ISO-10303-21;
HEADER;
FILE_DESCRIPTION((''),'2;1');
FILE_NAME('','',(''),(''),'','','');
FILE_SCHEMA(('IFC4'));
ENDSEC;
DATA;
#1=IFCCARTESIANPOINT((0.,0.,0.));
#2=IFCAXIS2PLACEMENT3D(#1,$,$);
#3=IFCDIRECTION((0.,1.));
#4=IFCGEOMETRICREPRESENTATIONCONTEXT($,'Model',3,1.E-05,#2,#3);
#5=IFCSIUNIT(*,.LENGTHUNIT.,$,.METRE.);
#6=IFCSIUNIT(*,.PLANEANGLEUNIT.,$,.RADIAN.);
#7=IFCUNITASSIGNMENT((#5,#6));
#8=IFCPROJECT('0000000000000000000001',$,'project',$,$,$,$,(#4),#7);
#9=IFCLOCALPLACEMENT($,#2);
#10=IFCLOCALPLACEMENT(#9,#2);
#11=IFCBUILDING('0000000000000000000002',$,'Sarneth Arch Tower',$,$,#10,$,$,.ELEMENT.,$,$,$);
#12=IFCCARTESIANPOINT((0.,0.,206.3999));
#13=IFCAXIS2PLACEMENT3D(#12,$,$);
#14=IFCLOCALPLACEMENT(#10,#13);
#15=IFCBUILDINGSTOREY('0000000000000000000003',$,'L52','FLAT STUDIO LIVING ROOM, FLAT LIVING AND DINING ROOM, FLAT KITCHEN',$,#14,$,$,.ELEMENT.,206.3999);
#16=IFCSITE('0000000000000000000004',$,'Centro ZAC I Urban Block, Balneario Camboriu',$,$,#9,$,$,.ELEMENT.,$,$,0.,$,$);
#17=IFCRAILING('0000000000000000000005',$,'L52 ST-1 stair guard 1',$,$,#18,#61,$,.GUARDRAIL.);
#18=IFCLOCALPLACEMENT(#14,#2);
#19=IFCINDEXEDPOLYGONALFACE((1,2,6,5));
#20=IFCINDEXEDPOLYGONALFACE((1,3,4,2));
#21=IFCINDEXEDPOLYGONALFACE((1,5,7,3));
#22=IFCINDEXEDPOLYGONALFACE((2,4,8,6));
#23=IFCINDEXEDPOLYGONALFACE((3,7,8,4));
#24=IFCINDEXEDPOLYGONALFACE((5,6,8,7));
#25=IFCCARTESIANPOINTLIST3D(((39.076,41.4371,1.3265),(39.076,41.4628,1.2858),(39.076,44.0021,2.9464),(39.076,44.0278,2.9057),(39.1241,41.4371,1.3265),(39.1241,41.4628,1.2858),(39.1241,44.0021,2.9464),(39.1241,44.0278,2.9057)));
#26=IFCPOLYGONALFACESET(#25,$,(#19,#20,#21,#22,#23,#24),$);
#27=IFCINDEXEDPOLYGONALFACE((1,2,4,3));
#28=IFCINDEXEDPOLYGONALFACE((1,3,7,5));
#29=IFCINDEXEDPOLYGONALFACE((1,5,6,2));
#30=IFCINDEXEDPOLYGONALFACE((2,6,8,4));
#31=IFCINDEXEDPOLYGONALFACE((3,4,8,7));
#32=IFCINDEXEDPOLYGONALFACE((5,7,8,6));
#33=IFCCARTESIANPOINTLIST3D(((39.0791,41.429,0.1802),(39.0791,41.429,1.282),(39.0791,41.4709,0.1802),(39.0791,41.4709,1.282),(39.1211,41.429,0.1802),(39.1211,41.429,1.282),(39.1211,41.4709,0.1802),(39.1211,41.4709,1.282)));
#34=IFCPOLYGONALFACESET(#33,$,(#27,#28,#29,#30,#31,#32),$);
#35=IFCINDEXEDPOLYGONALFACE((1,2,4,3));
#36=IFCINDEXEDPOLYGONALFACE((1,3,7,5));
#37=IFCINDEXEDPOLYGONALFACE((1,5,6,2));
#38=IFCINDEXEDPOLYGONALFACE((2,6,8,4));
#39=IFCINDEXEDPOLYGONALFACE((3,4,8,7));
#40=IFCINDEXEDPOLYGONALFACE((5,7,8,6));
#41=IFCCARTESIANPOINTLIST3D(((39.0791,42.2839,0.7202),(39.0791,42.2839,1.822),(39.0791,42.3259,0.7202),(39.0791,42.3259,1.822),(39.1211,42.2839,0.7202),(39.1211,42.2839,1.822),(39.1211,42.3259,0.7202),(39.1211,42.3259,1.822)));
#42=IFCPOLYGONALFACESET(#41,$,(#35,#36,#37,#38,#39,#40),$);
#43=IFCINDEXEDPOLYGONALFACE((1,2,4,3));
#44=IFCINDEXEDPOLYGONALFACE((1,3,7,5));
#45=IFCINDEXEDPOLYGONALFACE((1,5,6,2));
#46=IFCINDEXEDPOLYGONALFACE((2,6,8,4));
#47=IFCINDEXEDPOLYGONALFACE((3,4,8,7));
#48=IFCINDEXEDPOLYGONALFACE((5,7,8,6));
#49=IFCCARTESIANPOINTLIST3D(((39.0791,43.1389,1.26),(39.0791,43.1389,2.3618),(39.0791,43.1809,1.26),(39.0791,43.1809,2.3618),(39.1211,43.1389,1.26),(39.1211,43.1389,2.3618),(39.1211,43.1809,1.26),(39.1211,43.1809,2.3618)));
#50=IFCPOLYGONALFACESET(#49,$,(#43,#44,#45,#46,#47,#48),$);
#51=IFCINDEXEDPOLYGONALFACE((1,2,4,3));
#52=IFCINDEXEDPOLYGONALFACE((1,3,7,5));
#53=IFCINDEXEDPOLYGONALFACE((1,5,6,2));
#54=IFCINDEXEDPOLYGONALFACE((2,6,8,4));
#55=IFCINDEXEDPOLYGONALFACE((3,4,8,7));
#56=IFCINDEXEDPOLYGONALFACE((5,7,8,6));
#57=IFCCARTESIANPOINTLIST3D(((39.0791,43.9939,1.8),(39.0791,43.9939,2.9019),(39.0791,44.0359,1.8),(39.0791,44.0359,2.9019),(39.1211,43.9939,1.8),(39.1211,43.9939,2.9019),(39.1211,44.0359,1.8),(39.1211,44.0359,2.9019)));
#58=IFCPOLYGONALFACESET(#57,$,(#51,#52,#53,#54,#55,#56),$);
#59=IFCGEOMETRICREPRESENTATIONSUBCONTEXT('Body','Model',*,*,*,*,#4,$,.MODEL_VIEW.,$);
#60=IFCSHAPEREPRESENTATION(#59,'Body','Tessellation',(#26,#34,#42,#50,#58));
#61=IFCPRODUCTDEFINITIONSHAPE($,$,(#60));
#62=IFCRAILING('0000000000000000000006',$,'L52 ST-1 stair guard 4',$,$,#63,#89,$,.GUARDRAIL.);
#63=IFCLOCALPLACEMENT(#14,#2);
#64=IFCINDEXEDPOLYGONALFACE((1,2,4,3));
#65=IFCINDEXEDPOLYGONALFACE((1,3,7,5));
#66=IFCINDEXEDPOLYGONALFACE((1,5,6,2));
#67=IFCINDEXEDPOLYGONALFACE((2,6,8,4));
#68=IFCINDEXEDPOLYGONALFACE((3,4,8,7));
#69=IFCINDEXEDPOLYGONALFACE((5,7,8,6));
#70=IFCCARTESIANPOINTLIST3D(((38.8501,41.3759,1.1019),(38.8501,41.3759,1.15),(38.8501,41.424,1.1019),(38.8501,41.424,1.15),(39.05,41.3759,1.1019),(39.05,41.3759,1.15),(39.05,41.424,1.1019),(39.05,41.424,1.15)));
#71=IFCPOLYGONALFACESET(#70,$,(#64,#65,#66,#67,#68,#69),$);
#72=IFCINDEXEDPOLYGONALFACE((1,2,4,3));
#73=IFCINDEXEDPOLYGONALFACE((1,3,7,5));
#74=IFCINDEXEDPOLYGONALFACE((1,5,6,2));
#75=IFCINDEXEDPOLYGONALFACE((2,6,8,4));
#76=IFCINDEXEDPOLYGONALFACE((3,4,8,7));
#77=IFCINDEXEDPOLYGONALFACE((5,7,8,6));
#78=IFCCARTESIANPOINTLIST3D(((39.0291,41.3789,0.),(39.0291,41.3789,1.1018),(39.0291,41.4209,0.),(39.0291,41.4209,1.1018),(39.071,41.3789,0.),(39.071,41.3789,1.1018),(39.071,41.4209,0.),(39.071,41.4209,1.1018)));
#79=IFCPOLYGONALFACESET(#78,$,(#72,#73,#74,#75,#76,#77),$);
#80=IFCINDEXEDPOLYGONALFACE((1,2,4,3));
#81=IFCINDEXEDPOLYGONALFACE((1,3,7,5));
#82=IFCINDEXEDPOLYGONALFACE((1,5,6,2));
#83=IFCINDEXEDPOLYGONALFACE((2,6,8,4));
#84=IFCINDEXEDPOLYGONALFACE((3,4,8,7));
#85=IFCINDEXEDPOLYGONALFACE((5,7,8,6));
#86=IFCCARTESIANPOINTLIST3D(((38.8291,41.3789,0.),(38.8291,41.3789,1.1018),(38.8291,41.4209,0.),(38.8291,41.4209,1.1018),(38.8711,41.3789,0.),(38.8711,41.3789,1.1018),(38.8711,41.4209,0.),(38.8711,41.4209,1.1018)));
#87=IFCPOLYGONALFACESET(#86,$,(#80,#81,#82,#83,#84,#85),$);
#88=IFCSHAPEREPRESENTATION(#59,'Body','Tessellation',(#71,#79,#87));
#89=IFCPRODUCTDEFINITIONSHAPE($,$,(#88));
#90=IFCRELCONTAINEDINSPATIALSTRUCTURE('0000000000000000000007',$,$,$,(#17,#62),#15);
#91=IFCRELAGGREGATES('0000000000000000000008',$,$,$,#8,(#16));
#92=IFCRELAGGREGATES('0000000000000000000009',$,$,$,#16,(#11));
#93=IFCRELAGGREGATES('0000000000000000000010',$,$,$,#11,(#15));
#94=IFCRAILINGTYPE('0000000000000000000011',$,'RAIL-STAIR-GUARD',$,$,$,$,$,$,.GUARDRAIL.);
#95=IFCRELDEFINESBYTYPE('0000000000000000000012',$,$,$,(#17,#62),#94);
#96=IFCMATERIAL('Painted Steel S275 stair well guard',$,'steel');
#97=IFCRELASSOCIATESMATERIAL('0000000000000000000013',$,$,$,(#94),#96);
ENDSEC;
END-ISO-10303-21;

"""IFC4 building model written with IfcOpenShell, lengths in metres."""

from ifc_helpers import new_model, si_unit, direction, frame, origin, origin_2d, place, context, subcontext, project, spatial, rectangle, extrude, material, type_object, element, save


model = new_model("IFC4")

# Units and contexts
model_context = context("Model", 3, precision=1e-05, world=origin(), true_north=direction((0.0, 1.0)))
body_context = subcontext(model_context, "Body", "Model", "MODEL_VIEW")
ifc_project = project(units=[si_unit("LENGTHUNIT", "METRE"), si_unit("PLANEANGLEUNIT", "RADIAN")], contexts=[model_context])

# Site, building, storey
site_placement = place(None, origin())
site = spatial("IfcSite", under=ifc_project, at=site_placement, Name="Centro ZAC I Urban Block, Balneario Camboriu", CompositionType="ELEMENT", RefElevation=0.0)
building_placement = place(site_placement, origin())
building = spatial("IfcBuilding", under=site, at=building_placement, Name="Sarneth Arch Tower", CompositionType="ELEMENT")
storey_placement = place(building_placement, frame((0.0, 0.0, 206.3999)))
storey = spatial("IfcBuildingStorey", under=building, at=storey_placement, Name="L52", Description="FLAT STUDIO LIVING ROOM, FLAT LIVING AND DINING ROOM, FLAT KITCHEN", CompositionType="ELEMENT", Elevation=206.3999)

# Railings
ifc_material_1 = material(Name="Painted Steel S275 stair well guard", Category="steel")
railing_type_1 = type_object("IfcRailingType", Name="RAIL-STAIR-GUARD", PredefinedType="GUARDRAIL", material=ifc_material_1)
railing_1_placement = place(storey_placement, frame((39.1001, 41.45, 0.1802)))
element("IfcRailing", 1, at=railing_1_placement, inside=storey, type_object=railing_type_1, Name="L52 ST-1 stair guard 1", PredefinedType="GUARDRAIL", context=body_context, shape_type="SweptSolid", body=[
    extrude(rectangle(XDim=0.0481, YDim=0.0481, at=origin_2d()), frame((0.0, 0.0, 1.126), z_axis=(0.0, 0.845502, 0.533972), x_axis=(-1.0, 0.0, 0.0)), (0.0, 0.0, 1.0), 3.0337),
    extrude(rectangle(XDim=0.042, YDim=0.042, at=origin_2d()), origin(), (0.0, 0.0, 1.0), 1.1018),
    extrude(rectangle(XDim=0.042, YDim=0.042, at=origin_2d()), frame((0.0, 0.855, 0.54)), (0.0, 0.0, 1.0), 1.1018),
    extrude(rectangle(XDim=0.042, YDim=0.042, at=origin_2d()), frame((0.0, 1.71, 1.0798)), (0.0, 0.0, 1.0), 1.1018),
    extrude(rectangle(XDim=0.042, YDim=0.042, at=origin_2d()), frame((0.0, 2.5649, 1.6199)), (0.0, 0.0, 1.0), 1.1018),
])
railing_2_placement = place(storey_placement, frame((39.05, 41.3999, 0.0)))
element("IfcRailing", 2, at=railing_2_placement, inside=storey, type_object=railing_type_1, Name="L52 ST-1 stair guard 4", PredefinedType="GUARDRAIL", context=body_context, shape_type="SweptSolid", body=[
    extrude(rectangle(XDim=0.0481, YDim=0.0481, at=origin_2d()), frame((0.0, 0.0, 1.126), z_axis=(-1.0, 0.0, 0.0), x_axis=(0.0, -1.0, 0.0)), (0.0, 0.0, 1.0), 0.2),
    extrude(rectangle(XDim=0.042, YDim=0.042, at=origin_2d()), origin(), (0.0, 0.0, 1.0), 1.1018),
    extrude(rectangle(XDim=0.042, YDim=0.042, at=origin_2d()), frame((-0.2, 0.0, 0.0)), (0.0, 0.0, 1.0), 1.1018),
])

save(model, "model.ifc")
